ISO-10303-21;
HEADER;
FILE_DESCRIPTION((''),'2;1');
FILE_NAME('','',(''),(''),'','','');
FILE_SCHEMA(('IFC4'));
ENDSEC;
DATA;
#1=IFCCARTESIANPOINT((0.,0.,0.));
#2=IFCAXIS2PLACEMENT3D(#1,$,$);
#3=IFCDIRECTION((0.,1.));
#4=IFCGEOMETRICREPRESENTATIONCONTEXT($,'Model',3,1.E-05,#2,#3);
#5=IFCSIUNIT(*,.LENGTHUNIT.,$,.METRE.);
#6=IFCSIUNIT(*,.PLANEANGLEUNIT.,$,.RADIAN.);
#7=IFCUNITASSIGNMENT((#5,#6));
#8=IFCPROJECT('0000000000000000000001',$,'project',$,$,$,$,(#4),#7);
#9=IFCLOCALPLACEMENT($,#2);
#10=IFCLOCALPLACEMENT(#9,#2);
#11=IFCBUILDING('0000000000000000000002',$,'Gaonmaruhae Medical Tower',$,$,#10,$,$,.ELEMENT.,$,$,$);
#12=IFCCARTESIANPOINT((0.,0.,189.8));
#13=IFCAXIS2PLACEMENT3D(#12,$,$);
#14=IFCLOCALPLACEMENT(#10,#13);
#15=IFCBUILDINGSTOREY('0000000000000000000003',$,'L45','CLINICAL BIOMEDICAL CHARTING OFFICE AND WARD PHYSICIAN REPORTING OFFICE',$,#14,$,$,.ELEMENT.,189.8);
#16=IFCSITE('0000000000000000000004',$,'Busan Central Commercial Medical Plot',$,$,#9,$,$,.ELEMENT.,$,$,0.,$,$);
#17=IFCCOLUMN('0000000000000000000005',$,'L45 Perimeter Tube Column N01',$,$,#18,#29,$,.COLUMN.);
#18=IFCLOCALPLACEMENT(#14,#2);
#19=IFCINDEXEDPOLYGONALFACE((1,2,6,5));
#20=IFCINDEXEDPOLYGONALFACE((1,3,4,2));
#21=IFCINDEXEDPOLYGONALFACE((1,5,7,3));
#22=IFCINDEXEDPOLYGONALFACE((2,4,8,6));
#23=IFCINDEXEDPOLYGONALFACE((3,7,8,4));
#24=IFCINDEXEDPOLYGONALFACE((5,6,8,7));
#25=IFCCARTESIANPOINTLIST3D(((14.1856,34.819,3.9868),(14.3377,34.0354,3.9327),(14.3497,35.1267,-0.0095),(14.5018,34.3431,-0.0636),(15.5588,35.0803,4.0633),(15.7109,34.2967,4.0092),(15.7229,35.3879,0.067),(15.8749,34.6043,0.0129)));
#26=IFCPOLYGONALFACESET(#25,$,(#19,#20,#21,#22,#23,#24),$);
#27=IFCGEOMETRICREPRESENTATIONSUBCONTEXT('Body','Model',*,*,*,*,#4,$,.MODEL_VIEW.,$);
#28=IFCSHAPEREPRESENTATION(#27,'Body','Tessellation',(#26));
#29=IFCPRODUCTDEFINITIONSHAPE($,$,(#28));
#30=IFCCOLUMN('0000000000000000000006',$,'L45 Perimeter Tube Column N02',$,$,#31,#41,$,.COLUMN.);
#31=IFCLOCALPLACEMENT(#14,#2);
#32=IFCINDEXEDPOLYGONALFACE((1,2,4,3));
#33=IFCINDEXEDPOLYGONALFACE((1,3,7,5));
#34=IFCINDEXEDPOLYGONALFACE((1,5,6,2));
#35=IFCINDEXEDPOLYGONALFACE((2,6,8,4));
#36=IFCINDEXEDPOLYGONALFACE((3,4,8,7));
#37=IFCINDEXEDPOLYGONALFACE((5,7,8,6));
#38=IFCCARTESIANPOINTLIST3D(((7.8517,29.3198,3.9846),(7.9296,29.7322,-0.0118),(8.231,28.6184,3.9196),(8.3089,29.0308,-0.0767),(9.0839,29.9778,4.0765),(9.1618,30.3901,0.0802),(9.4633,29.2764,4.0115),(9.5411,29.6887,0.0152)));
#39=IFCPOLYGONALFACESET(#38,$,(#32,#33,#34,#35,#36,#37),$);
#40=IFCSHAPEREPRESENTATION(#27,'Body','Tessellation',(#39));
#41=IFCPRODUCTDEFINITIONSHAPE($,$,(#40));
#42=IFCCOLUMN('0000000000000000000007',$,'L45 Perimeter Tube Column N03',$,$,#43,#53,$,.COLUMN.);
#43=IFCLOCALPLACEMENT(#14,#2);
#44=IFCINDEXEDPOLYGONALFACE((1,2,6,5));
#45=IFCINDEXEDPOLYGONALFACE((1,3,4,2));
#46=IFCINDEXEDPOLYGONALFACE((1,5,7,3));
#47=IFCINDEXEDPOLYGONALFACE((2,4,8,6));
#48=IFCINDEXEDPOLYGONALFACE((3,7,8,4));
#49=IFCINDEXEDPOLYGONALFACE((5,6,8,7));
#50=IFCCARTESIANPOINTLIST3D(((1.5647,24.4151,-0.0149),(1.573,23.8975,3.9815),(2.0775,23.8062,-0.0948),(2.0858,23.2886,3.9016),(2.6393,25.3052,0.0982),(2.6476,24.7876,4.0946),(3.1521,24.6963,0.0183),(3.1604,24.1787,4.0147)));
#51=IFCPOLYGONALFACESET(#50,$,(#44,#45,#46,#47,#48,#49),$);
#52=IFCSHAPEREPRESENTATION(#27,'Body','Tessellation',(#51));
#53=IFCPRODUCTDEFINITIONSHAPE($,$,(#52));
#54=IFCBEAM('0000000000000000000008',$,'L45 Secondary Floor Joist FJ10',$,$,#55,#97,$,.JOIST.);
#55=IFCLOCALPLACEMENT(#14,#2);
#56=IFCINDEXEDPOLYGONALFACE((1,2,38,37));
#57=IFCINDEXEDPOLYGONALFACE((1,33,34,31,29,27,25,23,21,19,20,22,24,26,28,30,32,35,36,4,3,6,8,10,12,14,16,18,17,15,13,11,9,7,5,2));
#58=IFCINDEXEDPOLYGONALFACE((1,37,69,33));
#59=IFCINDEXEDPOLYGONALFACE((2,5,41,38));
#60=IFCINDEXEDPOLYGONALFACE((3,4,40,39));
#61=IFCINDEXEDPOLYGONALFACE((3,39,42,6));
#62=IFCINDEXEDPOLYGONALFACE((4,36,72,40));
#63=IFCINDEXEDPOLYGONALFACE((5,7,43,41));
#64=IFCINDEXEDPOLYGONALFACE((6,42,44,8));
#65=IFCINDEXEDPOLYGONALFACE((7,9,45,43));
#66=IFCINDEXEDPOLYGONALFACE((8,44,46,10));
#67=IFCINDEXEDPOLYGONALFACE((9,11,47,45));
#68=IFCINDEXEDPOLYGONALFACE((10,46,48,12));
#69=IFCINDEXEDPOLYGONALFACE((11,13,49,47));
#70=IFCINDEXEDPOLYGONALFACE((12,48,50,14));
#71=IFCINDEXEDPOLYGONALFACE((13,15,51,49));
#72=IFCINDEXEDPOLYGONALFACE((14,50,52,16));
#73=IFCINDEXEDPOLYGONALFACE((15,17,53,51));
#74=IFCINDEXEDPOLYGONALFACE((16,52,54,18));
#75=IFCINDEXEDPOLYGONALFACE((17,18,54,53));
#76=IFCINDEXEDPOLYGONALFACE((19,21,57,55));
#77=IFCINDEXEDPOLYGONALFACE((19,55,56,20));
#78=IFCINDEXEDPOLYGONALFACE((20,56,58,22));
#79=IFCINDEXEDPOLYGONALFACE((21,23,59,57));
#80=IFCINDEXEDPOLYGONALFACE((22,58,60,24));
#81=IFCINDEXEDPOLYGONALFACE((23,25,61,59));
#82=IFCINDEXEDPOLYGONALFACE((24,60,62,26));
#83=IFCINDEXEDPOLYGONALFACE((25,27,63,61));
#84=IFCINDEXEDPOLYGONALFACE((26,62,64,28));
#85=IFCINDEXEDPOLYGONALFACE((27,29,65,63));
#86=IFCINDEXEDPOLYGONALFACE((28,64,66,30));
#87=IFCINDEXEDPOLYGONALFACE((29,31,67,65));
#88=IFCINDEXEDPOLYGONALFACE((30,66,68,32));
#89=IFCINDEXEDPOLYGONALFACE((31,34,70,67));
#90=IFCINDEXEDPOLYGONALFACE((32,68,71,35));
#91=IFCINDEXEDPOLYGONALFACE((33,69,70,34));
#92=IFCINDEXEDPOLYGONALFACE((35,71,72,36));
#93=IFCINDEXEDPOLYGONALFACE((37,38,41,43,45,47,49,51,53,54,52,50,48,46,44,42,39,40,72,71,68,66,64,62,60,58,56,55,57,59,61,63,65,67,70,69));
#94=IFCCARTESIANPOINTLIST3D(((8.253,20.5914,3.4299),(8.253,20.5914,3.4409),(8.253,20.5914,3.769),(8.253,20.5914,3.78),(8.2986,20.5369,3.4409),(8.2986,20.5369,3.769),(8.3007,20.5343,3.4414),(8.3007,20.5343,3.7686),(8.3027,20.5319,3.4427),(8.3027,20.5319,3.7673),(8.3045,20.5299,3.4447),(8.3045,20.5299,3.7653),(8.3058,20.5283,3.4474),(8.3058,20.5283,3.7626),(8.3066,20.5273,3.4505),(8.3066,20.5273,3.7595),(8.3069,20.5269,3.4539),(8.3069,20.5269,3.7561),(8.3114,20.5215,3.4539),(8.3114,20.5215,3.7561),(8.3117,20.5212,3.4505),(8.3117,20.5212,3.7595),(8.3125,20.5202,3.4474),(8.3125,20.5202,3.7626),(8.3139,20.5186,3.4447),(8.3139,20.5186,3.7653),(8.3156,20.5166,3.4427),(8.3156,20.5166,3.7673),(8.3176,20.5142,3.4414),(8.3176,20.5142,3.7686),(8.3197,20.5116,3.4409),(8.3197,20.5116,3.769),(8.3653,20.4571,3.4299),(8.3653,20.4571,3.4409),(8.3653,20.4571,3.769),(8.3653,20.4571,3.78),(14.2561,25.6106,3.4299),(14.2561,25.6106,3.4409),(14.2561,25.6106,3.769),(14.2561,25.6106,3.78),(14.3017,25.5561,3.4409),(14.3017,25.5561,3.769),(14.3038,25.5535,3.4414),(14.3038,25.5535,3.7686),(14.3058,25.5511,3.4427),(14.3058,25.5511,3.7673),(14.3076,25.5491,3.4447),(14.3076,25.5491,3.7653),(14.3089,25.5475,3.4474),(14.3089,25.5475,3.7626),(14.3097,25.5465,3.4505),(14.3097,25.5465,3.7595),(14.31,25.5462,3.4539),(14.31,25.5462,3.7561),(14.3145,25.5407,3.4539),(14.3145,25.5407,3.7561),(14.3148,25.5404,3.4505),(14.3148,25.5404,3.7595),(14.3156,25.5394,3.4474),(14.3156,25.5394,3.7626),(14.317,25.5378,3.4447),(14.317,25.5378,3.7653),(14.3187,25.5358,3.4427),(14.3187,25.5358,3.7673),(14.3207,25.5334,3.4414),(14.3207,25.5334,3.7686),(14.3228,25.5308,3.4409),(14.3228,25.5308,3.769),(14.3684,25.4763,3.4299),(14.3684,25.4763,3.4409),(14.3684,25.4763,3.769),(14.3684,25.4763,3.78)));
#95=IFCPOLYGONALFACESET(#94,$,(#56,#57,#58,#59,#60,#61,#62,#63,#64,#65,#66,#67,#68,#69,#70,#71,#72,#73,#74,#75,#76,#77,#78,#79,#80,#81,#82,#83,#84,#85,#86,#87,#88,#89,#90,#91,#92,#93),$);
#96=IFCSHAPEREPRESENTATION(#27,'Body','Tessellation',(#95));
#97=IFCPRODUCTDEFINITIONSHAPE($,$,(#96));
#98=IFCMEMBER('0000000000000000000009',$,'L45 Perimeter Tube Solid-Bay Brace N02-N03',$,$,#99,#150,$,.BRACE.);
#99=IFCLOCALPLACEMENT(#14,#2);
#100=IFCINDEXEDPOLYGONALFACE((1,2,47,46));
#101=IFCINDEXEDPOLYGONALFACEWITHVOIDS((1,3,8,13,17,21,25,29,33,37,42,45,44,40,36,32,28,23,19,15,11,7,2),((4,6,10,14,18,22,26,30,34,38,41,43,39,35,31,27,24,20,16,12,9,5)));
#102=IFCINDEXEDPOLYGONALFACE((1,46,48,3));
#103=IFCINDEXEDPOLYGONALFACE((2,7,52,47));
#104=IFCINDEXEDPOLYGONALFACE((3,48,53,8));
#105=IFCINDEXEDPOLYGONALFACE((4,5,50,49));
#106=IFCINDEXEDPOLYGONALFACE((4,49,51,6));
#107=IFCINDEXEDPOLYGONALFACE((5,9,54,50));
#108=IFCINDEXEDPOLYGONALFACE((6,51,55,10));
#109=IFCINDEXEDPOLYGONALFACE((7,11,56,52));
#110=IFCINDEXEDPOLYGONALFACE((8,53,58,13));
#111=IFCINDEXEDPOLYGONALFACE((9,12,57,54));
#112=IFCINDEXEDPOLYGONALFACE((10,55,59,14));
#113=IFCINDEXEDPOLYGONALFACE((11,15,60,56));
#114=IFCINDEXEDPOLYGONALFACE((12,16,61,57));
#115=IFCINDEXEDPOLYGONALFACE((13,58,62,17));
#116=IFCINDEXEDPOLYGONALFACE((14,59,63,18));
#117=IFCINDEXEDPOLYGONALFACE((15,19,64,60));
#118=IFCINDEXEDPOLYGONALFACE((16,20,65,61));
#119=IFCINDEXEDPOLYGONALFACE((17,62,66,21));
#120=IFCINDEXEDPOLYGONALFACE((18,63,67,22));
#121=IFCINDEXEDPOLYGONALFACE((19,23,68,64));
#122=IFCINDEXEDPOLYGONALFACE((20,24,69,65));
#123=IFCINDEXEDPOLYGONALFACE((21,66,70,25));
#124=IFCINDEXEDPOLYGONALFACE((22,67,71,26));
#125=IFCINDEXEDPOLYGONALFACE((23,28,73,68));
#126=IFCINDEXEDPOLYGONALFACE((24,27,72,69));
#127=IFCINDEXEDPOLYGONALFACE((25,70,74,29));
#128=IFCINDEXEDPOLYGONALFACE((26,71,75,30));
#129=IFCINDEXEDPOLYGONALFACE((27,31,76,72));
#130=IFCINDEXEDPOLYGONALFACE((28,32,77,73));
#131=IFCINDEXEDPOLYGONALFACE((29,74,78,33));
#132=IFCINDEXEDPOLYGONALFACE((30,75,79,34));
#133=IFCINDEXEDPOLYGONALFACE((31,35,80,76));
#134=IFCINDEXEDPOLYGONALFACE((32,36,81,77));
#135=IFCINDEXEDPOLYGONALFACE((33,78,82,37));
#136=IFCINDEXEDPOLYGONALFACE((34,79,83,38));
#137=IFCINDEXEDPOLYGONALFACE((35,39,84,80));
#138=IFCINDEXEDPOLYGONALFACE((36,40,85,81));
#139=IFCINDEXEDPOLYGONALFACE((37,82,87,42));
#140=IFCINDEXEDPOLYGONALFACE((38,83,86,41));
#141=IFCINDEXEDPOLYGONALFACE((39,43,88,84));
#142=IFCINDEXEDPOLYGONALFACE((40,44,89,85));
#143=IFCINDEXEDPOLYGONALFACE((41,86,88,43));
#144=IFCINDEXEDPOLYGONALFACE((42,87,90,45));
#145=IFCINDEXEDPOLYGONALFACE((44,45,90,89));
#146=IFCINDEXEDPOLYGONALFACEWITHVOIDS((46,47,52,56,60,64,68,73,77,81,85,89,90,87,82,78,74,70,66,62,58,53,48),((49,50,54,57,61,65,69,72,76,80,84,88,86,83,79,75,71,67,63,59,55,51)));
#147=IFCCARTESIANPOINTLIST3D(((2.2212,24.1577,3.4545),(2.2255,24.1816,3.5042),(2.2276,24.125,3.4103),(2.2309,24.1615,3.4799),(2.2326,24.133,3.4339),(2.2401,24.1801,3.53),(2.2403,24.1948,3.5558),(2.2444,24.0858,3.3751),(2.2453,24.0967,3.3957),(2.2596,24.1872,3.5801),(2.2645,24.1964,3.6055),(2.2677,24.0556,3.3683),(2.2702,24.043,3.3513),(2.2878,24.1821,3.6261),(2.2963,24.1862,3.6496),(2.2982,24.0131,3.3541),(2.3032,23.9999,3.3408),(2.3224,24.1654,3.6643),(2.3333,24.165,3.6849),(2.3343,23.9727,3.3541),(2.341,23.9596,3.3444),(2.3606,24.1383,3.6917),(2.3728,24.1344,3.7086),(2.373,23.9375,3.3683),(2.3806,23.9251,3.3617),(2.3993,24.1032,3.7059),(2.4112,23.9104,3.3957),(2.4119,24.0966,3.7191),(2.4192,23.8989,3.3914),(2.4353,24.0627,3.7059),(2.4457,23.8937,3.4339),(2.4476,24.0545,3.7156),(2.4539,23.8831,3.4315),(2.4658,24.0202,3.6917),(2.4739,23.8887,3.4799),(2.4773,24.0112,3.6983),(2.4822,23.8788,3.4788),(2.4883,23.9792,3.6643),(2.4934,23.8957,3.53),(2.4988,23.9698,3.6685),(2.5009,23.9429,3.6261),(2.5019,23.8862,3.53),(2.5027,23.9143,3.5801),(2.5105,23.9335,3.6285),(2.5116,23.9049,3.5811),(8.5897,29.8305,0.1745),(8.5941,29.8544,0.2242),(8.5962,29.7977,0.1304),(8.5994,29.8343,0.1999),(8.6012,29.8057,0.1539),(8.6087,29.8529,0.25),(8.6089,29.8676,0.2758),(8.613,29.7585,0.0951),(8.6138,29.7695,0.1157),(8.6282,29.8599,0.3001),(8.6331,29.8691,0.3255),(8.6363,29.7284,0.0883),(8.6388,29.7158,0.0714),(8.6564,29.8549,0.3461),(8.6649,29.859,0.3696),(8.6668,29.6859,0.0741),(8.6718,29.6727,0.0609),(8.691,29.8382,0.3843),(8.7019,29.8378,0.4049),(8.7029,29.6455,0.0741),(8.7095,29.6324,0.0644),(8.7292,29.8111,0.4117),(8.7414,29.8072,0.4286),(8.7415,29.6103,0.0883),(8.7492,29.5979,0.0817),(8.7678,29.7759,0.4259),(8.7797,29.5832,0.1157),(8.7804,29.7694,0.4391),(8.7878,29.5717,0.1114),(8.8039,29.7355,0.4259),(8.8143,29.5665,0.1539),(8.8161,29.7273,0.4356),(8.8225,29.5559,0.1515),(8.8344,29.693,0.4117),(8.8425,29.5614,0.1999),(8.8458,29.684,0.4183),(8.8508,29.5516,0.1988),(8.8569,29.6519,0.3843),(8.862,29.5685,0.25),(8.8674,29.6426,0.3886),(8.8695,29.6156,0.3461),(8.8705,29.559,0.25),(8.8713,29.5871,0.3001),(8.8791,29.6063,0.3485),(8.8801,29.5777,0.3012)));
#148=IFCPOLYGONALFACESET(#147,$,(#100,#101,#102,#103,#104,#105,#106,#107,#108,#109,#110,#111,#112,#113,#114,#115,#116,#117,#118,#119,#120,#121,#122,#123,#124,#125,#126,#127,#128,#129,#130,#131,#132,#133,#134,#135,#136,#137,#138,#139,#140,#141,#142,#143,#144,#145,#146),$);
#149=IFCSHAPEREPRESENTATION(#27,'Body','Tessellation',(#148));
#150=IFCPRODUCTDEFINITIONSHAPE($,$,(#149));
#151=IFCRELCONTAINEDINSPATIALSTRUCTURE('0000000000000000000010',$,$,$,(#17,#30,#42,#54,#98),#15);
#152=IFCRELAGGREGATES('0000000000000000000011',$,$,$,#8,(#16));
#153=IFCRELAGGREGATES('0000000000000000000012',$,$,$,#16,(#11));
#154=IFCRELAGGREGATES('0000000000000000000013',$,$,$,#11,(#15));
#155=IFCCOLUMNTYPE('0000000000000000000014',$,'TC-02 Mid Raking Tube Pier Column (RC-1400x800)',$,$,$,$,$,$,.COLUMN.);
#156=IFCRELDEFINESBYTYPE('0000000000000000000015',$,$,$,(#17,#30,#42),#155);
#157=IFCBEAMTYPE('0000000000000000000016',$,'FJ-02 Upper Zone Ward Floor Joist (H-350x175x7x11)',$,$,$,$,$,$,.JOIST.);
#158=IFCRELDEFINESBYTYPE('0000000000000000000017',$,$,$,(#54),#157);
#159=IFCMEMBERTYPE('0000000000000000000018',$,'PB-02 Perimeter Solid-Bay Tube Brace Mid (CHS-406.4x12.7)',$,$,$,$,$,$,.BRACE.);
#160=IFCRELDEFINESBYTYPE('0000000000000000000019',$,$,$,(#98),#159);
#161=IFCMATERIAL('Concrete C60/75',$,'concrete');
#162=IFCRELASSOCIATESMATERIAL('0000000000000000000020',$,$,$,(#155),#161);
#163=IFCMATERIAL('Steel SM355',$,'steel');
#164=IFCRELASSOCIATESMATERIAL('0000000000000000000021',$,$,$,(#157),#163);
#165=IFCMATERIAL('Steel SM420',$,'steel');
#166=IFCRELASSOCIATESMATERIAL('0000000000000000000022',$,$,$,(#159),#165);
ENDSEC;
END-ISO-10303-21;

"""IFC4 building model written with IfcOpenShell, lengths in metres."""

from ifc_helpers import new_model, si_unit, direction, frame, origin, origin_2d, place, context, subcontext, project, spatial, rectangle, hollow_circle, i_section, extrude, material, material_profile, profile_set, type_object, element, save


model = new_model("IFC4")

# Units and contexts
model_context = context("Model", 3, precision=1e-05, world=origin(), true_north=direction((0.0, 1.0)))
body_context = subcontext(model_context, "Body", "Model", "MODEL_VIEW")
ifc_project = project(units=[si_unit("LENGTHUNIT", "METRE"), si_unit("PLANEANGLEUNIT", "RADIAN")], contexts=[model_context])

# Site, building, storey
site_placement = place(None, origin())
site = spatial("IfcSite", under=ifc_project, at=site_placement, Name="Busan Central Commercial Medical Plot", CompositionType="ELEMENT", RefElevation=0.0)
building_placement = place(site_placement, origin())
building = spatial("IfcBuilding", under=site, at=building_placement, Name="Gaonmaruhae Medical Tower", CompositionType="ELEMENT")
storey_placement = place(building_placement, frame((0.0, 0.0, 189.8)))
storey = spatial("IfcBuildingStorey", under=building, at=storey_placement, Name="L45", Description="CLINICAL BIOMEDICAL CHARTING OFFICE AND WARD PHYSICIAN REPORTING OFFICE", CompositionType="ELEMENT", Elevation=189.8)

# Columns
ifc_material_1 = material(Name="Concrete C60/75", Category="concrete")
ifc_material_profile_1 = material_profile(ifc_material_1, rectangle(XDim=1.3999, YDim=0.8, at=origin_2d()), Name="RC-1400x800")
ifc_profile_set_1 = profile_set([ifc_material_profile_1], Name="Concrete C60/75")
column_type = type_object("IfcColumnType", Name="TC-02 Mid Raking Tube Pier Column (RC-1400x800)", PredefinedType="COLUMN", material=ifc_profile_set_1)
column_1_placement = place(storey_placement, frame((15.1123, 34.8655, 0.0017), z_axis=(-0.040898, -0.076684, 0.996216), x_axis=(0.980914, 0.186611, 0.054634)))
element("IfcColumn", 1, at=column_1_placement, inside=storey, type_object=column_type, Name="L45 Perimeter Tube Column N01", PredefinedType="COLUMN", context=body_context, shape_type="SweptSolid", body=[
    extrude(rectangle(XDim=1.3999, YDim=0.8, at=origin_2d()), origin(), (0.0, 0.0, 1.0), 4.0115),
])
column_2_placement = place(storey_placement, frame((8.7354, 29.7104, 0.0017), z_axis=(-0.019381, -0.102619, 0.994532), x_axis=(0.880215, 0.470012, 0.065651)))
element("IfcColumn", 2, at=column_2_placement, inside=storey, type_object=column_type, Name="L45 Perimeter Tube Column N02", PredefinedType="COLUMN", context=body_context, shape_type="SweptSolid", body=[
    extrude(rectangle(XDim=1.3999, YDim=0.8, at=origin_2d()), origin(), (0.0, 0.0, 1.0), 4.0183),
])
column_3_placement = place(storey_placement, frame((2.3584, 24.5557, 0.0017), z_axis=(0.00206, -0.12844, 0.991715), x_axis=(0.767598, 0.635824, 0.080753)))
element("IfcColumn", 3, at=column_3_placement, inside=storey, type_object=column_type, Name="L45 Perimeter Tube Column N03", PredefinedType="COLUMN", context=body_context, shape_type="SweptSolid", body=[
    extrude(rectangle(XDim=1.3999, YDim=0.8, at=origin_2d()), origin(), (0.0, 0.0, 1.0), 4.0298),
])

# Beam
ifc_material_2 = material(Name="Steel SM355", Category="steel")
ifc_material_profile_2 = material_profile(ifc_material_2, i_section(OverallWidth=0.175, OverallDepth=0.3501, WebThickness=0.0071, FlangeThickness=0.011, FilletRadius=0.0129, at=origin_2d()), Name="H-350x175x7x11")
ifc_profile_set_2 = profile_set([ifc_material_profile_2], Name="Steel SM355")
beam_type_1 = type_object("IfcBeamType", Name="FJ-02 Upper Zone Ward Floor Joist (H-350x175x7x11)", PredefinedType="JOIST", material=ifc_profile_set_2)
beam_placement = place(storey_placement, frame((14.3123, 25.5435, 3.605), z_axis=(-0.767174, -0.641439, 0.0), x_axis=(0.641439, -0.767174, 0.0)))
element("IfcBeam", 4, at=beam_placement, inside=storey, type_object=beam_type_1, Name="L45 Secondary Floor Joist FJ10", PredefinedType="JOIST", context=body_context, shape_type="SweptSolid", body=[
    extrude(i_section(OverallWidth=0.175, OverallDepth=0.3501, WebThickness=0.0071, FlangeThickness=0.011, FilletRadius=0.0129, at=origin_2d()), origin(), (0.0, 0.0, 1.0), 7.825),
])

# Member
ifc_material_3 = material(Name="Steel SM420", Category="steel")
ifc_material_profile_3 = material_profile(ifc_material_3, hollow_circle(Radius=0.2031, WallThickness=0.0127, at=origin_2d()), Name="CHS-406.4x12.7")
ifc_profile_set_3 = profile_set([ifc_material_profile_3], Name="Steel SM420")
member_type = type_object("IfcMemberType", Name="PB-02 Perimeter Solid-Bay Tube Brace Mid (CHS-406.4x12.7)", PredefinedType="BRACE", material=ifc_profile_set_3)
member_placement = place(storey_placement, frame((8.7354, 29.7107, 0.25), z_axis=(-0.696956, -0.620811, 0.358951), x_axis=(0.665138, -0.74672, 0.0)))
element("IfcMember", 5, at=member_placement, inside=storey, type_object=member_type, Name="L45 Perimeter Tube Solid-Bay Brace N02-N03", PredefinedType="BRACE", context=body_context, shape_type="SweptSolid", body=[
    extrude(hollow_circle(Radius=0.2031, WallThickness=0.0127, at=origin_2d()), origin(), (0.0, 0.0, 1.0), 9.1377),
])

save(model, "model.ifc")
